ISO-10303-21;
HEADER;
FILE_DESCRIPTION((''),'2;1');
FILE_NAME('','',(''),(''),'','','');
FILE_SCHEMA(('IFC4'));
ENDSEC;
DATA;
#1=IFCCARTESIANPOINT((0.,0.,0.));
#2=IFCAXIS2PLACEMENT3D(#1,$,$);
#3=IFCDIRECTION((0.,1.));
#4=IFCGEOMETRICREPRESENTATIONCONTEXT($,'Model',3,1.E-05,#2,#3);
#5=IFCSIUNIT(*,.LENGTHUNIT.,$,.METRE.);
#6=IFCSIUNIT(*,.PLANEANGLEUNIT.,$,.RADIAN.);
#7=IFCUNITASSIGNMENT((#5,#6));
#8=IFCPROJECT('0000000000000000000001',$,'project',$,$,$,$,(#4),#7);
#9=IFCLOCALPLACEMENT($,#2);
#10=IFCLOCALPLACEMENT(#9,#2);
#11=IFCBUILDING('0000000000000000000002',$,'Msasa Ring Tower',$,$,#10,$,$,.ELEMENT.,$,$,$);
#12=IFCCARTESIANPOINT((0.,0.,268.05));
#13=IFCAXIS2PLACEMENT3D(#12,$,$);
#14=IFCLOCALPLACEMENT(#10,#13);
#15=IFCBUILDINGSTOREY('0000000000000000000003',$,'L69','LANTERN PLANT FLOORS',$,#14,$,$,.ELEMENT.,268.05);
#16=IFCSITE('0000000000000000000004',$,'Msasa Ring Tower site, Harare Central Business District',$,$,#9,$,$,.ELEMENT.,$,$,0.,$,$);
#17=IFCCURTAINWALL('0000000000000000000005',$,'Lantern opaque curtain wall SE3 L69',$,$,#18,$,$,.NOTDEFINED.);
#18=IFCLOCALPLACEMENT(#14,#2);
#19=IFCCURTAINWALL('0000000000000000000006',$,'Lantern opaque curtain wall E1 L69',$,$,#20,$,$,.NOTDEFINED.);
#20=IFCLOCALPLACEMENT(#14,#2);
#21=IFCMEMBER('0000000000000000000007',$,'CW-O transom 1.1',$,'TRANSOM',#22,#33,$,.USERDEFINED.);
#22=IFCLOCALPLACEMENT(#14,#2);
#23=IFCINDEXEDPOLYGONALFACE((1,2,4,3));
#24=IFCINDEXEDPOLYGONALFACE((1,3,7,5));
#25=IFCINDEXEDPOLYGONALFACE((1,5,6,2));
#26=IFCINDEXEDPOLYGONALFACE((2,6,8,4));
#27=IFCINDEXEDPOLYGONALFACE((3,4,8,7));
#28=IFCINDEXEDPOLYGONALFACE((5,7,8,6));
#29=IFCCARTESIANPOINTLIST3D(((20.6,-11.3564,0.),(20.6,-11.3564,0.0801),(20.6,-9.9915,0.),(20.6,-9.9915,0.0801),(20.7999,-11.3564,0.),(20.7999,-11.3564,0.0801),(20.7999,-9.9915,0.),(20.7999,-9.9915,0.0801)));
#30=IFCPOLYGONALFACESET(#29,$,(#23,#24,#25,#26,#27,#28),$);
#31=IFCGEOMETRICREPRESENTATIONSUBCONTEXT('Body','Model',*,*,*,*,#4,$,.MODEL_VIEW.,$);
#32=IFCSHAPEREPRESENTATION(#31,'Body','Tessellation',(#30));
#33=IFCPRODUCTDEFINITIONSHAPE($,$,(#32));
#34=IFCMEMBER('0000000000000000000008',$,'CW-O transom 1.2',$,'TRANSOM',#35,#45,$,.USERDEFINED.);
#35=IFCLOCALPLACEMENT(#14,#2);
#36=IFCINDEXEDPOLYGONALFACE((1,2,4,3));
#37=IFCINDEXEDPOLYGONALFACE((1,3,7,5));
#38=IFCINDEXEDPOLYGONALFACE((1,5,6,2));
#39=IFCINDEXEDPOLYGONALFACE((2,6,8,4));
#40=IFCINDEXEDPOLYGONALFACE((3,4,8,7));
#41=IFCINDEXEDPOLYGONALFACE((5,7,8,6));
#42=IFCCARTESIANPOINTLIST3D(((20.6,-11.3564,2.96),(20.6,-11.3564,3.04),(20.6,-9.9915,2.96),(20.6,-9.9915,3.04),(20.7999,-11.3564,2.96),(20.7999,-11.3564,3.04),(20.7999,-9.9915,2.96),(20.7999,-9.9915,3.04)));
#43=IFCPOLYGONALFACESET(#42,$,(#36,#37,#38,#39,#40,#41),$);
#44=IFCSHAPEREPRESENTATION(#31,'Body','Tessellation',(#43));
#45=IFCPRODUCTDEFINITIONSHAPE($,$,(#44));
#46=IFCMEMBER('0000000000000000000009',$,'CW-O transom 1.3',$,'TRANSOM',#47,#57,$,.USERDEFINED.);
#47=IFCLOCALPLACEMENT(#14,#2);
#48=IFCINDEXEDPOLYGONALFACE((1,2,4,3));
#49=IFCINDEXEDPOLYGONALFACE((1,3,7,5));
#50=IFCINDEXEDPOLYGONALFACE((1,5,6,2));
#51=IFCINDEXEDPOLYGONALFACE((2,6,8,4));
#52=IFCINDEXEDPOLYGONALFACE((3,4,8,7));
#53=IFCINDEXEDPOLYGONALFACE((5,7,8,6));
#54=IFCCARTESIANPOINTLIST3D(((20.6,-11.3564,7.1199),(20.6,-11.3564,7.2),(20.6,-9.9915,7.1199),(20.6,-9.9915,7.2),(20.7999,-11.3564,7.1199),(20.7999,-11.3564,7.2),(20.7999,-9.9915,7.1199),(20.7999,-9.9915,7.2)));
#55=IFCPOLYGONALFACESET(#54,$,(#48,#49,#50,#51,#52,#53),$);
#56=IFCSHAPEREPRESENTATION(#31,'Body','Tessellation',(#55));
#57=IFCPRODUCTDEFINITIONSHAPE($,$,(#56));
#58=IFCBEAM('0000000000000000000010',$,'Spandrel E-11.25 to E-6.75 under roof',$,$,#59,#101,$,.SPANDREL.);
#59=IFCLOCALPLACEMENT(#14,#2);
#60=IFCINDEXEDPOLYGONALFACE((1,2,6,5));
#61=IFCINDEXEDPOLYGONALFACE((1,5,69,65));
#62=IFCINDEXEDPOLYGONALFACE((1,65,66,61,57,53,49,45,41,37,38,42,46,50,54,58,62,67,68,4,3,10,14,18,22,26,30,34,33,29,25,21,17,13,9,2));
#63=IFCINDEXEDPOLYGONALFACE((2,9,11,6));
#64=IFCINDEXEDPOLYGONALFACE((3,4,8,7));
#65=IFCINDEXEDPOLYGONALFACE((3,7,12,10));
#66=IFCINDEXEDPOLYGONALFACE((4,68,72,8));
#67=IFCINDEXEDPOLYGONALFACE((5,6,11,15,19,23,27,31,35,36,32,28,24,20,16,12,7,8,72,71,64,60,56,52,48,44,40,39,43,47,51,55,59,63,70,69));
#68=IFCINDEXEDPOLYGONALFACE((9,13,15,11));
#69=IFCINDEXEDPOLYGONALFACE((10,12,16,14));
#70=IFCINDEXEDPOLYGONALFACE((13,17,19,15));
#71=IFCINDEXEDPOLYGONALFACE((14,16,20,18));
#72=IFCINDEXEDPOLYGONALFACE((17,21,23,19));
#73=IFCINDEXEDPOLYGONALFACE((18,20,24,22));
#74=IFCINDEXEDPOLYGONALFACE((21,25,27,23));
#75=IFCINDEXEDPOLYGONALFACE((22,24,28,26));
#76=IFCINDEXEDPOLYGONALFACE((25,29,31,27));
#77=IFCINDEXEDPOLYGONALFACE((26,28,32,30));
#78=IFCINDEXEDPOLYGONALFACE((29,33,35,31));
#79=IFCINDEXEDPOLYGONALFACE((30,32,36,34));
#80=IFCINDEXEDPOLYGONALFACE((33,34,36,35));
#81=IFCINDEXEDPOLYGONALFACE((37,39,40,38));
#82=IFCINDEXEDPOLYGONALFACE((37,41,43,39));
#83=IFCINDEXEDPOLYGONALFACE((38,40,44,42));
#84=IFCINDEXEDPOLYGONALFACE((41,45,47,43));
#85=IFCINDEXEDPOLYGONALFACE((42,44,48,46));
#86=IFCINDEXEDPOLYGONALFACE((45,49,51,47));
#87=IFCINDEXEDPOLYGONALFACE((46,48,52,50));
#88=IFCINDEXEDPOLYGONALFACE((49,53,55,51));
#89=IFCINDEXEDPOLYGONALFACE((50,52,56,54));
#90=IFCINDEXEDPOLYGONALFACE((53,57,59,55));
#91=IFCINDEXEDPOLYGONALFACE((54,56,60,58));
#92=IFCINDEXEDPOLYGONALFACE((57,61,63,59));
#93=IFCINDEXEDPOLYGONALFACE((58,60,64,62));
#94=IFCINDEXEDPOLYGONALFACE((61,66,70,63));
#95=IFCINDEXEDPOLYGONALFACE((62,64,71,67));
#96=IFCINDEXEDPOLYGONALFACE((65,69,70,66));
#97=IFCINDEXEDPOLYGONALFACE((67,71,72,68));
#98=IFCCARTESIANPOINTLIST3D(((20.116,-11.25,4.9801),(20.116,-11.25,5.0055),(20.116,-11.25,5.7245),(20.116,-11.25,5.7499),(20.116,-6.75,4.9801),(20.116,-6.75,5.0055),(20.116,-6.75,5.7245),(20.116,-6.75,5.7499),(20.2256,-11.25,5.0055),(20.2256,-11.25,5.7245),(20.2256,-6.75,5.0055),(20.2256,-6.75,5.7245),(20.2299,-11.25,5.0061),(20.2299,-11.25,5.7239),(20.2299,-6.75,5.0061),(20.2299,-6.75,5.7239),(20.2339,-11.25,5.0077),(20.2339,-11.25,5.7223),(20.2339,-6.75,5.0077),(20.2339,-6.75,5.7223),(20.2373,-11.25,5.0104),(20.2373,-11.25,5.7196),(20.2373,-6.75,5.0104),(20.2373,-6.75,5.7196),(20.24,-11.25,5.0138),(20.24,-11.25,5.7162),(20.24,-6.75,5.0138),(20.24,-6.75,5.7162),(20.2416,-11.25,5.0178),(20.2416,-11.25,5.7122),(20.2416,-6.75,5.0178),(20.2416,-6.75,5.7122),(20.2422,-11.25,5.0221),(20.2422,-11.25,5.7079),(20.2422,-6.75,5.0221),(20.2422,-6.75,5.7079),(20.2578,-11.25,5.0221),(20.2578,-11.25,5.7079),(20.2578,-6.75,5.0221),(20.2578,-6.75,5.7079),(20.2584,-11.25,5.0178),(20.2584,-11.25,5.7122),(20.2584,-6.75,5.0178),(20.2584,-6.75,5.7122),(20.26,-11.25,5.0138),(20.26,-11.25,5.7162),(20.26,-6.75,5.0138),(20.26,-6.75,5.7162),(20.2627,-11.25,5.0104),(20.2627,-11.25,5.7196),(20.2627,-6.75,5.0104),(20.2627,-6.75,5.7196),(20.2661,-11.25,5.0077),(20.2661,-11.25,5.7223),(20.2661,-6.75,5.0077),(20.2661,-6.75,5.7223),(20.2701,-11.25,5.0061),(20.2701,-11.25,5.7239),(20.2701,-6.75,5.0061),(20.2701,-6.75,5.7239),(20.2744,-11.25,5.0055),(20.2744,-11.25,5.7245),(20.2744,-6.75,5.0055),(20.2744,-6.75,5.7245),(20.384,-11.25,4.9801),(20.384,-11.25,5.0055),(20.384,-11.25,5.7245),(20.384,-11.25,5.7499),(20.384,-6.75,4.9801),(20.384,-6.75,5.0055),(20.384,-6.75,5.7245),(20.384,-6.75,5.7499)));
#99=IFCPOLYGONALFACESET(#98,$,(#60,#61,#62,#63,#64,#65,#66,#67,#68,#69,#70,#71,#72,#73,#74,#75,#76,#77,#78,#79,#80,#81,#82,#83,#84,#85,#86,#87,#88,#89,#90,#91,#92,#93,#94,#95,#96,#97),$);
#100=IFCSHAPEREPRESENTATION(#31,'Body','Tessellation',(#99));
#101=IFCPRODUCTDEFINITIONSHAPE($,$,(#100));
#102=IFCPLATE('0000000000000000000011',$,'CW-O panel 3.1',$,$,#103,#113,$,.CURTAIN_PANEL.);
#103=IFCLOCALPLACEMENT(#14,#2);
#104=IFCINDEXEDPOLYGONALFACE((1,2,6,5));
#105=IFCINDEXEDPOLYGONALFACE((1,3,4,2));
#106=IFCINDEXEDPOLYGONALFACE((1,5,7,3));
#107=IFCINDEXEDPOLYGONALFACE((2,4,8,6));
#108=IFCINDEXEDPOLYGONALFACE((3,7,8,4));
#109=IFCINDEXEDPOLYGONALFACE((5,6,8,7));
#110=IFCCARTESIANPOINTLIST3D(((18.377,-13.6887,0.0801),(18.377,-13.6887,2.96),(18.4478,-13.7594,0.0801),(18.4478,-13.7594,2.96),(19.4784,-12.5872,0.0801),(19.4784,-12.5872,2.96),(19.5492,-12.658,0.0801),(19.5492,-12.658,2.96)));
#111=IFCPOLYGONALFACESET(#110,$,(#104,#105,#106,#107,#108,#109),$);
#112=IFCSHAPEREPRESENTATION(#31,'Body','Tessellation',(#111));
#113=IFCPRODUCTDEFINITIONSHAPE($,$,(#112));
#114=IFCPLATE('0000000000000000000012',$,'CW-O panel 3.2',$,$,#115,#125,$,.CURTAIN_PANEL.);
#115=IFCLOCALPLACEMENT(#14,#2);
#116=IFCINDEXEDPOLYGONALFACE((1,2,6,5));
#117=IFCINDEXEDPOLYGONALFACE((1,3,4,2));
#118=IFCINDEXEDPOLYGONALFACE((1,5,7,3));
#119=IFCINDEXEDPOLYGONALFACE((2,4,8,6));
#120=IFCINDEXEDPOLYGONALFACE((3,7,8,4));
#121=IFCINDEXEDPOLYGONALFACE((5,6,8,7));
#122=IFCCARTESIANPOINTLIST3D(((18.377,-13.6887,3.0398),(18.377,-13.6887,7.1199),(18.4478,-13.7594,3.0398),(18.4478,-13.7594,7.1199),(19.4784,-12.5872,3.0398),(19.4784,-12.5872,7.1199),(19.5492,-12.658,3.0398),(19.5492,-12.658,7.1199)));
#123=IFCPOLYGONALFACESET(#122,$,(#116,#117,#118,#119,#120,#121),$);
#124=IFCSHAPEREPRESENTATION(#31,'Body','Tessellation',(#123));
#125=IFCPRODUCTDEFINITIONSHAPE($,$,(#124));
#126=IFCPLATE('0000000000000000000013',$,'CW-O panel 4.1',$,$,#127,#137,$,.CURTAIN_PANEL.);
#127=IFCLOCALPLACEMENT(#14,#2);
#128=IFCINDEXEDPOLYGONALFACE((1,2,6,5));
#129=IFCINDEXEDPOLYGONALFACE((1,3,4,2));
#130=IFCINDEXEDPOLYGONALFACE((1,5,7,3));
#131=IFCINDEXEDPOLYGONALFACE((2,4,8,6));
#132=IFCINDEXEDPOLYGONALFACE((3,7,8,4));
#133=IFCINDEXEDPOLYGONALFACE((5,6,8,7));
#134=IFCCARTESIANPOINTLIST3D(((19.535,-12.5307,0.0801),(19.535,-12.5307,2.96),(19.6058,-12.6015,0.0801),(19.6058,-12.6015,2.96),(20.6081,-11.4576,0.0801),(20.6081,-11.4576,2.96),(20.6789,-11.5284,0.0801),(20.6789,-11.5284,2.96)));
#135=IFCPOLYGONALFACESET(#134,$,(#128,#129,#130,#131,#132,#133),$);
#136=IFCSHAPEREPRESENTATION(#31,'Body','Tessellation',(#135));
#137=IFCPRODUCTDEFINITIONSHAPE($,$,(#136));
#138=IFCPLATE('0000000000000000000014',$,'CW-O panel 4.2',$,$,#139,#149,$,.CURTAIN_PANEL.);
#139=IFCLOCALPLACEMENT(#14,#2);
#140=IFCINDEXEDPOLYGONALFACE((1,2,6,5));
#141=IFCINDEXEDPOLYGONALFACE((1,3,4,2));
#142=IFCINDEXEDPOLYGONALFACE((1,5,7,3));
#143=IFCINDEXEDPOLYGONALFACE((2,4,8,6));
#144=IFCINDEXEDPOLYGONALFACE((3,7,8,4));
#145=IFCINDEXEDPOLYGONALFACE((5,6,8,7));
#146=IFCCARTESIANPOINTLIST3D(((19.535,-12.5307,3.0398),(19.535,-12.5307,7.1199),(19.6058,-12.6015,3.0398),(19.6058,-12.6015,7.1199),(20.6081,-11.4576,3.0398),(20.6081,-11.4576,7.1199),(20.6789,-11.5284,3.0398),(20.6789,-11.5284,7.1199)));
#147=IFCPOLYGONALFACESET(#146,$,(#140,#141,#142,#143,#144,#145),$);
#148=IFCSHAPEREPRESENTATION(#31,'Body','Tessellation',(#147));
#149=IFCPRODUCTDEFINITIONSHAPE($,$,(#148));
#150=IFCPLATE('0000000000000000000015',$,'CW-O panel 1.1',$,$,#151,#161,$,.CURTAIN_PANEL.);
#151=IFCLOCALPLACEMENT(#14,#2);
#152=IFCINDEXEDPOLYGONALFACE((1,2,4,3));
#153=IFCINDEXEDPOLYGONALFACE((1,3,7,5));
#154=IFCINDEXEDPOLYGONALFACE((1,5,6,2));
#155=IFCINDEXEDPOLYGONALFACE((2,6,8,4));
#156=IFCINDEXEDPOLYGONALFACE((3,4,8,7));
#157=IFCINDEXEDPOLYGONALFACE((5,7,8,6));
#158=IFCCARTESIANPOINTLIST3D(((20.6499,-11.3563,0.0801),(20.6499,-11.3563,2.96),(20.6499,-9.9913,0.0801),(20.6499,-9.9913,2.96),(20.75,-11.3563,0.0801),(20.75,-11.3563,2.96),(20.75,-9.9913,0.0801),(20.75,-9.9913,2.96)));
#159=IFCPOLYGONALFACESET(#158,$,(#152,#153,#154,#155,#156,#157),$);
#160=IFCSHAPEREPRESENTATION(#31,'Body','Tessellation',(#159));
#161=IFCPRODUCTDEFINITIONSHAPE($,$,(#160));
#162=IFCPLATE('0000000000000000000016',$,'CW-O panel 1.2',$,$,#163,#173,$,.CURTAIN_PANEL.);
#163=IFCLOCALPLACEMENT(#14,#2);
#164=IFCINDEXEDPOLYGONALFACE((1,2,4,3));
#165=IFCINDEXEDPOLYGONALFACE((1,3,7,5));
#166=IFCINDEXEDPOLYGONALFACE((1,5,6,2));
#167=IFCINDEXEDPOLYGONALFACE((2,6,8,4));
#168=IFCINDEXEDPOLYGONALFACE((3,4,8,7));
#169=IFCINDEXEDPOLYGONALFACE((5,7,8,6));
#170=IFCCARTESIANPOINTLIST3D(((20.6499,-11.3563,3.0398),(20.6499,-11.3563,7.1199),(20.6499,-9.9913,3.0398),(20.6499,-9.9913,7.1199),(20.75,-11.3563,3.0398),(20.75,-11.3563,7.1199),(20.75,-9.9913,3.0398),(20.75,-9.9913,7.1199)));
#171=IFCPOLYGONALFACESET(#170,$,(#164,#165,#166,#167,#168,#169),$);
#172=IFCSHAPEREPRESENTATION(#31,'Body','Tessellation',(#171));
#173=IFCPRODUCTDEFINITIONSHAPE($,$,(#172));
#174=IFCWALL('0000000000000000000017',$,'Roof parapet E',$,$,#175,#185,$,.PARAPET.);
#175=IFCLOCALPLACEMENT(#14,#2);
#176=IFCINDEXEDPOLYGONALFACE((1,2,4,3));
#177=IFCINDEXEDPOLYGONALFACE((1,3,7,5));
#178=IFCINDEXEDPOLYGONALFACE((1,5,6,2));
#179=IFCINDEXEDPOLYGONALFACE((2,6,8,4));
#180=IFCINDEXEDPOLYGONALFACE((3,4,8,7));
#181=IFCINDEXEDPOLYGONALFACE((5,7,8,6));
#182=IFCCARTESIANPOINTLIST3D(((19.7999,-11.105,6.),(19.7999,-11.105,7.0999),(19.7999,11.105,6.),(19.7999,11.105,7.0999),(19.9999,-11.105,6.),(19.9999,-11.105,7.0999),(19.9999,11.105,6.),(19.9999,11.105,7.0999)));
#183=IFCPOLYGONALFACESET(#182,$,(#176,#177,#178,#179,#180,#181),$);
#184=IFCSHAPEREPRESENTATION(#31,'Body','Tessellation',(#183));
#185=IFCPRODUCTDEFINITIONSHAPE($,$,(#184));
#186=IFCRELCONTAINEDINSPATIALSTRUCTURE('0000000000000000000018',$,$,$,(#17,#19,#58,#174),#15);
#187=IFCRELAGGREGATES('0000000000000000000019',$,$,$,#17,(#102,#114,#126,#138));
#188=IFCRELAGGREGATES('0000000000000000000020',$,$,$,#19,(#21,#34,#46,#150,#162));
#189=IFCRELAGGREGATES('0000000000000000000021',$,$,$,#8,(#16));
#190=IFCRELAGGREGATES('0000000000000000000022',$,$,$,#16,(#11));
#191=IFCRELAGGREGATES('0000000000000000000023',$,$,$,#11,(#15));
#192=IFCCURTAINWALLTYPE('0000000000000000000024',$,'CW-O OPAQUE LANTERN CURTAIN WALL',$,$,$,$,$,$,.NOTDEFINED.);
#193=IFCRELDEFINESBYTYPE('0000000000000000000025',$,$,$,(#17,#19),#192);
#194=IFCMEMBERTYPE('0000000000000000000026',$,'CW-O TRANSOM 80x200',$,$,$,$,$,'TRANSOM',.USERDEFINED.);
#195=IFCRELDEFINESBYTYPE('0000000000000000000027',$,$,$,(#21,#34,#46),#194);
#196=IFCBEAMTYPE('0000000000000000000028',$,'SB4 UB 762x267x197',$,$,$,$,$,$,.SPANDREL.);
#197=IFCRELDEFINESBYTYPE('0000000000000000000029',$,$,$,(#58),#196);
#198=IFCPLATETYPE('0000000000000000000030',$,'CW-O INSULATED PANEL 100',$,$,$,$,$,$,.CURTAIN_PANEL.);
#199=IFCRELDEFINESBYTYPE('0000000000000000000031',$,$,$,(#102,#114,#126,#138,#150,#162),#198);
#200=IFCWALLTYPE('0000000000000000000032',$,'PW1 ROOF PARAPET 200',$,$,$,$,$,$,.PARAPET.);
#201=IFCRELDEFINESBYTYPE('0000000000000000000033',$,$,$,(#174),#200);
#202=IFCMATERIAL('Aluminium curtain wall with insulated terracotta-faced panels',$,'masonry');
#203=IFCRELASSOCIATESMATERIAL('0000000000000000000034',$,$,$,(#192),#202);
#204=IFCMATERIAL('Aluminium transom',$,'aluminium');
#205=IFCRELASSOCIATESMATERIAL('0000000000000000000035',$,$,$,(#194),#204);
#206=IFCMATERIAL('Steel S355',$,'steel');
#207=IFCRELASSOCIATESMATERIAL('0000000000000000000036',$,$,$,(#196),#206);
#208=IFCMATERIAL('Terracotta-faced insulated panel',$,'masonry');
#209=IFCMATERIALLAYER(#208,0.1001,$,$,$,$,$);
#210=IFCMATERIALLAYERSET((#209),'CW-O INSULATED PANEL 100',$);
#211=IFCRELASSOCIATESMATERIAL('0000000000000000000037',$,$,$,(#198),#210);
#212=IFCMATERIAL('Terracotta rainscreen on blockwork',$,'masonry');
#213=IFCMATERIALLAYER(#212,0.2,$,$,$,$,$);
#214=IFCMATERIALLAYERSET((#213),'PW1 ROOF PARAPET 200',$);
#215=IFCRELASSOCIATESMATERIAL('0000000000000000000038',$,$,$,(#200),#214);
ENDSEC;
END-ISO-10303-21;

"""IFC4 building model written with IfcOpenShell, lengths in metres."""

from ifc_helpers import new_model, si_unit, direction, frame, frame_2d, origin, origin_2d, place, context, subcontext, project, spatial, rectangle, i_section, extrude, material, layer, layer_set, material_profile, profile_set, type_object, element, aggregate, save


model = new_model("IFC4")

# Units and contexts
model_context = context("Model", 3, precision=1e-05, world=origin(), true_north=direction((0.0, 1.0)))
body_context = subcontext(model_context, "Body", "Model", "MODEL_VIEW")
ifc_project = project(units=[si_unit("LENGTHUNIT", "METRE"), si_unit("PLANEANGLEUNIT", "RADIAN")], contexts=[model_context])

# Site, building, storey
site_placement = place(None, origin())
site = spatial("IfcSite", under=ifc_project, at=site_placement, Name="Msasa Ring Tower site, Harare Central Business District", CompositionType="ELEMENT", RefElevation=0.0)
building_placement = place(site_placement, origin())
building = spatial("IfcBuilding", under=site, at=building_placement, Name="Msasa Ring Tower", CompositionType="ELEMENT")
storey_placement = place(building_placement, frame((0.0, 0.0, 268.05)))
storey = spatial("IfcBuildingStorey", under=building, at=storey_placement, Name="L69", Description="LANTERN PLANT FLOORS", CompositionType="ELEMENT", Elevation=268.05)

# Curtain walls
ifc_material_1 = material(Name="Aluminium curtain wall with insulated terracotta-faced panels", Category="masonry")
curtain_wall_type_1 = type_object("IfcCurtainWallType", Name="CW-O OPAQUE LANTERN CURTAIN WALL", PredefinedType="NOTDEFINED", material=ifc_material_1)
curtain_wall_1_placement = place(storey_placement, origin())
curtain_wall_1 = element("IfcCurtainWall", 1, at=curtain_wall_1_placement, inside=storey, type_object=curtain_wall_type_1, Name="Lantern opaque curtain wall SE3 L69", PredefinedType="NOTDEFINED")
curtain_wall_2_placement = place(storey_placement, origin())
curtain_wall_2 = element("IfcCurtainWall", 2, at=curtain_wall_2_placement, inside=storey, type_object=curtain_wall_type_1, Name="Lantern opaque curtain wall E1 L69", PredefinedType="NOTDEFINED")

# Members
ifc_material_2 = material(Name="Aluminium transom", Category="aluminium")
ifc_material_profile_1 = material_profile(ifc_material_2, rectangle(XDim=0.2, YDim=0.0801, at=origin_2d()), Name="AL 80x200")
ifc_profile_set_1 = profile_set([ifc_material_profile_1], Name="Aluminium transom")
member_type_1 = type_object("IfcMemberType", Name="CW-O TRANSOM 80x200", ElementType="TRANSOM", PredefinedType="USERDEFINED", material=ifc_profile_set_1)
member_1_placement = place(storey_placement, frame((20.7, -11.3564, 0.04), z_axis=(0.0, 1.0, 0.0), x_axis=(-1.0, 0.0, 0.0)))
member_1 = element("IfcMember", 3, at=member_1_placement, type_object=member_type_1, Name="CW-O transom 1.1", ObjectType="TRANSOM", PredefinedType="USERDEFINED", context=body_context, shape_type="SweptSolid", body=[
    extrude(rectangle(XDim=0.2, YDim=0.0801, at=origin_2d()), origin(), (0.0, 0.0, 1.0), 1.365),
])
member_2_placement = place(storey_placement, frame((20.7, -11.3564, 3.0), z_axis=(0.0, 1.0, 0.0), x_axis=(-1.0, 0.0, 0.0)))
member_2 = element("IfcMember", 4, at=member_2_placement, type_object=member_type_1, Name="CW-O transom 1.2", ObjectType="TRANSOM", PredefinedType="USERDEFINED", context=body_context, shape_type="SweptSolid", body=[
    extrude(rectangle(XDim=0.2, YDim=0.0801, at=origin_2d()), origin(), (0.0, 0.0, 1.0), 1.365),
])
member_3_placement = place(storey_placement, frame((20.7, -11.3564, 7.1599), z_axis=(0.0, 1.0, 0.0), x_axis=(-1.0, 0.0, 0.0)))
member_3 = element("IfcMember", 5, at=member_3_placement, type_object=member_type_1, Name="CW-O transom 1.3", ObjectType="TRANSOM", PredefinedType="USERDEFINED", context=body_context, shape_type="SweptSolid", body=[
    extrude(rectangle(XDim=0.2, YDim=0.0801, at=origin_2d()), origin(), (0.0, 0.0, 1.0), 1.365),
])

# Beam
ifc_material_3 = material(Name="Steel S355", Category="steel")
ifc_material_profile_2 = material_profile(ifc_material_3, i_section(OverallWidth=0.2681, OverallDepth=0.7698, WebThickness=0.0156, FlangeThickness=0.0254, FilletRadius=0.0166, at=origin_2d()), Name="UB 762x267x197")
ifc_profile_set_2 = profile_set([ifc_material_profile_2], Name="Steel S355")
beam_type = type_object("IfcBeamType", Name="SB4 UB 762x267x197", PredefinedType="SPANDREL", material=ifc_profile_set_2)
beam_placement = place(storey_placement, frame((20.25, -11.25, 5.365), z_axis=(0.0, 1.0, 0.0), x_axis=(-1.0, 0.0, 0.0)))
element("IfcBeam", 6, at=beam_placement, inside=storey, type_object=beam_type, Name="Spandrel E-11.25 to E-6.75 under roof", PredefinedType="SPANDREL", context=body_context, shape_type="SweptSolid", body=[
    extrude(i_section(OverallWidth=0.2681, OverallDepth=0.7698, WebThickness=0.0156, FlangeThickness=0.0254, FilletRadius=0.0166, at=origin_2d()), origin(), (0.0, 0.0, 1.0), 4.5),
])

# Plates
ifc_material_4 = material(Name="Terracotta-faced insulated panel", Category="masonry")
ifc_layer_1 = layer(ifc_material_4, 0.1001)
ifc_layer_set_1 = layer_set([ifc_layer_1], Name="CW-O INSULATED PANEL 100")
plate_type = type_object("IfcPlateType", Name="CW-O INSULATED PANEL 100", PredefinedType="CURTAIN_PANEL", material=ifc_layer_set_1)
plate_1_placement = place(storey_placement, frame((18.9631, -13.1733, 0.0801), z_axis=(0.0, 0.0, 1.0), x_axis=(0.707107, 0.707107, 0.0)))
plate_1 = element("IfcPlate", 7, at=plate_1_placement, type_object=plate_type, Name="CW-O panel 3.1", PredefinedType="CURTAIN_PANEL", context=body_context, shape_type="SweptSolid", body=[
    extrude(rectangle(XDim=1.5576, YDim=0.1001, at=origin_2d()), origin(), (0.0, 0.0, 1.0), 2.8799),
])
plate_2_placement = place(storey_placement, frame((18.9631, -13.1733, 3.0398), z_axis=(0.0, 0.0, 1.0), x_axis=(0.707107, 0.707107, 0.0)))
plate_2 = element("IfcPlate", 8, at=plate_2_placement, type_object=plate_type, Name="CW-O panel 3.2", PredefinedType="CURTAIN_PANEL", context=body_context, shape_type="SweptSolid", body=[
    extrude(rectangle(XDim=1.5576, YDim=0.1001, at=origin_2d()), origin(), (0.0, 0.0, 1.0), 4.0801),
])
plate_3_placement = place(storey_placement, frame((20.1069, -12.0295, 0.0801), z_axis=(0.0, 0.0, 1.0), x_axis=(0.707107, 0.707107, 0.0)))
plate_3 = element("IfcPlate", 9, at=plate_3_placement, type_object=plate_type, Name="CW-O panel 4.1", PredefinedType="CURTAIN_PANEL", context=body_context, shape_type="SweptSolid", body=[
    extrude(rectangle(XDim=1.5176, YDim=0.1001, at=origin_2d()), origin(), (0.0, 0.0, 1.0), 2.8799),
])
plate_4_placement = place(storey_placement, frame((20.1069, -12.0295, 3.0398), z_axis=(0.0, 0.0, 1.0), x_axis=(0.707107, 0.707107, 0.0)))
plate_4 = element("IfcPlate", 10, at=plate_4_placement, type_object=plate_type, Name="CW-O panel 4.2", PredefinedType="CURTAIN_PANEL", context=body_context, shape_type="SweptSolid", body=[
    extrude(rectangle(XDim=1.5176, YDim=0.1001, at=origin_2d()), origin(), (0.0, 0.0, 1.0), 4.0801),
])
aggregate(curtain_wall_1, [plate_1, plate_2, plate_3, plate_4])
plate_5_placement = place(storey_placement, frame((20.7, -10.6738, 0.0801), z_axis=(0.0, 0.0, 1.0), x_axis=(0.0, 1.0, 0.0)))
plate_5 = element("IfcPlate", 11, at=plate_5_placement, type_object=plate_type, Name="CW-O panel 1.1", PredefinedType="CURTAIN_PANEL", context=body_context, shape_type="SweptSolid", body=[
    extrude(rectangle(XDim=1.365, YDim=0.1001, at=origin_2d()), origin(), (0.0, 0.0, 1.0), 2.8799),
])
plate_6_placement = place(storey_placement, frame((20.7, -10.6738, 3.0398), z_axis=(0.0, 0.0, 1.0), x_axis=(0.0, 1.0, 0.0)))
plate_6 = element("IfcPlate", 12, at=plate_6_placement, type_object=plate_type, Name="CW-O panel 1.2", PredefinedType="CURTAIN_PANEL", context=body_context, shape_type="SweptSolid", body=[
    extrude(rectangle(XDim=1.365, YDim=0.1001, at=origin_2d()), origin(), (0.0, 0.0, 1.0), 4.0801),
])
aggregate(curtain_wall_2, [member_1, member_2, member_3, plate_5, plate_6])

# Wall
ifc_material_5 = material(Name="Terracotta rainscreen on blockwork", Category="masonry")
ifc_layer_2 = layer(ifc_material_5, 0.2)
ifc_layer_set_2 = layer_set([ifc_layer_2], Name="PW1 ROOF PARAPET 200")
wall_type = type_object("IfcWallType", Name="PW1 ROOF PARAPET 200", PredefinedType="PARAPET", material=ifc_layer_set_2)
wall_placement = place(storey_placement, frame((19.8999, -11.105, 6.0), z_axis=(0.0, 0.0, 1.0), x_axis=(0.0, 1.0, 0.0)))
element("IfcWall", 13, at=wall_placement, inside=storey, type_object=wall_type, Name="Roof parapet E", PredefinedType="PARAPET", context=body_context, shape_type="SweptSolid", body=[
    extrude(rectangle(XDim=22.21, YDim=0.2, at=frame_2d((11.105, 0.0))), origin(), (0.0, 0.0, 1.0), 1.0999),
])

save(model, "model.ifc")
